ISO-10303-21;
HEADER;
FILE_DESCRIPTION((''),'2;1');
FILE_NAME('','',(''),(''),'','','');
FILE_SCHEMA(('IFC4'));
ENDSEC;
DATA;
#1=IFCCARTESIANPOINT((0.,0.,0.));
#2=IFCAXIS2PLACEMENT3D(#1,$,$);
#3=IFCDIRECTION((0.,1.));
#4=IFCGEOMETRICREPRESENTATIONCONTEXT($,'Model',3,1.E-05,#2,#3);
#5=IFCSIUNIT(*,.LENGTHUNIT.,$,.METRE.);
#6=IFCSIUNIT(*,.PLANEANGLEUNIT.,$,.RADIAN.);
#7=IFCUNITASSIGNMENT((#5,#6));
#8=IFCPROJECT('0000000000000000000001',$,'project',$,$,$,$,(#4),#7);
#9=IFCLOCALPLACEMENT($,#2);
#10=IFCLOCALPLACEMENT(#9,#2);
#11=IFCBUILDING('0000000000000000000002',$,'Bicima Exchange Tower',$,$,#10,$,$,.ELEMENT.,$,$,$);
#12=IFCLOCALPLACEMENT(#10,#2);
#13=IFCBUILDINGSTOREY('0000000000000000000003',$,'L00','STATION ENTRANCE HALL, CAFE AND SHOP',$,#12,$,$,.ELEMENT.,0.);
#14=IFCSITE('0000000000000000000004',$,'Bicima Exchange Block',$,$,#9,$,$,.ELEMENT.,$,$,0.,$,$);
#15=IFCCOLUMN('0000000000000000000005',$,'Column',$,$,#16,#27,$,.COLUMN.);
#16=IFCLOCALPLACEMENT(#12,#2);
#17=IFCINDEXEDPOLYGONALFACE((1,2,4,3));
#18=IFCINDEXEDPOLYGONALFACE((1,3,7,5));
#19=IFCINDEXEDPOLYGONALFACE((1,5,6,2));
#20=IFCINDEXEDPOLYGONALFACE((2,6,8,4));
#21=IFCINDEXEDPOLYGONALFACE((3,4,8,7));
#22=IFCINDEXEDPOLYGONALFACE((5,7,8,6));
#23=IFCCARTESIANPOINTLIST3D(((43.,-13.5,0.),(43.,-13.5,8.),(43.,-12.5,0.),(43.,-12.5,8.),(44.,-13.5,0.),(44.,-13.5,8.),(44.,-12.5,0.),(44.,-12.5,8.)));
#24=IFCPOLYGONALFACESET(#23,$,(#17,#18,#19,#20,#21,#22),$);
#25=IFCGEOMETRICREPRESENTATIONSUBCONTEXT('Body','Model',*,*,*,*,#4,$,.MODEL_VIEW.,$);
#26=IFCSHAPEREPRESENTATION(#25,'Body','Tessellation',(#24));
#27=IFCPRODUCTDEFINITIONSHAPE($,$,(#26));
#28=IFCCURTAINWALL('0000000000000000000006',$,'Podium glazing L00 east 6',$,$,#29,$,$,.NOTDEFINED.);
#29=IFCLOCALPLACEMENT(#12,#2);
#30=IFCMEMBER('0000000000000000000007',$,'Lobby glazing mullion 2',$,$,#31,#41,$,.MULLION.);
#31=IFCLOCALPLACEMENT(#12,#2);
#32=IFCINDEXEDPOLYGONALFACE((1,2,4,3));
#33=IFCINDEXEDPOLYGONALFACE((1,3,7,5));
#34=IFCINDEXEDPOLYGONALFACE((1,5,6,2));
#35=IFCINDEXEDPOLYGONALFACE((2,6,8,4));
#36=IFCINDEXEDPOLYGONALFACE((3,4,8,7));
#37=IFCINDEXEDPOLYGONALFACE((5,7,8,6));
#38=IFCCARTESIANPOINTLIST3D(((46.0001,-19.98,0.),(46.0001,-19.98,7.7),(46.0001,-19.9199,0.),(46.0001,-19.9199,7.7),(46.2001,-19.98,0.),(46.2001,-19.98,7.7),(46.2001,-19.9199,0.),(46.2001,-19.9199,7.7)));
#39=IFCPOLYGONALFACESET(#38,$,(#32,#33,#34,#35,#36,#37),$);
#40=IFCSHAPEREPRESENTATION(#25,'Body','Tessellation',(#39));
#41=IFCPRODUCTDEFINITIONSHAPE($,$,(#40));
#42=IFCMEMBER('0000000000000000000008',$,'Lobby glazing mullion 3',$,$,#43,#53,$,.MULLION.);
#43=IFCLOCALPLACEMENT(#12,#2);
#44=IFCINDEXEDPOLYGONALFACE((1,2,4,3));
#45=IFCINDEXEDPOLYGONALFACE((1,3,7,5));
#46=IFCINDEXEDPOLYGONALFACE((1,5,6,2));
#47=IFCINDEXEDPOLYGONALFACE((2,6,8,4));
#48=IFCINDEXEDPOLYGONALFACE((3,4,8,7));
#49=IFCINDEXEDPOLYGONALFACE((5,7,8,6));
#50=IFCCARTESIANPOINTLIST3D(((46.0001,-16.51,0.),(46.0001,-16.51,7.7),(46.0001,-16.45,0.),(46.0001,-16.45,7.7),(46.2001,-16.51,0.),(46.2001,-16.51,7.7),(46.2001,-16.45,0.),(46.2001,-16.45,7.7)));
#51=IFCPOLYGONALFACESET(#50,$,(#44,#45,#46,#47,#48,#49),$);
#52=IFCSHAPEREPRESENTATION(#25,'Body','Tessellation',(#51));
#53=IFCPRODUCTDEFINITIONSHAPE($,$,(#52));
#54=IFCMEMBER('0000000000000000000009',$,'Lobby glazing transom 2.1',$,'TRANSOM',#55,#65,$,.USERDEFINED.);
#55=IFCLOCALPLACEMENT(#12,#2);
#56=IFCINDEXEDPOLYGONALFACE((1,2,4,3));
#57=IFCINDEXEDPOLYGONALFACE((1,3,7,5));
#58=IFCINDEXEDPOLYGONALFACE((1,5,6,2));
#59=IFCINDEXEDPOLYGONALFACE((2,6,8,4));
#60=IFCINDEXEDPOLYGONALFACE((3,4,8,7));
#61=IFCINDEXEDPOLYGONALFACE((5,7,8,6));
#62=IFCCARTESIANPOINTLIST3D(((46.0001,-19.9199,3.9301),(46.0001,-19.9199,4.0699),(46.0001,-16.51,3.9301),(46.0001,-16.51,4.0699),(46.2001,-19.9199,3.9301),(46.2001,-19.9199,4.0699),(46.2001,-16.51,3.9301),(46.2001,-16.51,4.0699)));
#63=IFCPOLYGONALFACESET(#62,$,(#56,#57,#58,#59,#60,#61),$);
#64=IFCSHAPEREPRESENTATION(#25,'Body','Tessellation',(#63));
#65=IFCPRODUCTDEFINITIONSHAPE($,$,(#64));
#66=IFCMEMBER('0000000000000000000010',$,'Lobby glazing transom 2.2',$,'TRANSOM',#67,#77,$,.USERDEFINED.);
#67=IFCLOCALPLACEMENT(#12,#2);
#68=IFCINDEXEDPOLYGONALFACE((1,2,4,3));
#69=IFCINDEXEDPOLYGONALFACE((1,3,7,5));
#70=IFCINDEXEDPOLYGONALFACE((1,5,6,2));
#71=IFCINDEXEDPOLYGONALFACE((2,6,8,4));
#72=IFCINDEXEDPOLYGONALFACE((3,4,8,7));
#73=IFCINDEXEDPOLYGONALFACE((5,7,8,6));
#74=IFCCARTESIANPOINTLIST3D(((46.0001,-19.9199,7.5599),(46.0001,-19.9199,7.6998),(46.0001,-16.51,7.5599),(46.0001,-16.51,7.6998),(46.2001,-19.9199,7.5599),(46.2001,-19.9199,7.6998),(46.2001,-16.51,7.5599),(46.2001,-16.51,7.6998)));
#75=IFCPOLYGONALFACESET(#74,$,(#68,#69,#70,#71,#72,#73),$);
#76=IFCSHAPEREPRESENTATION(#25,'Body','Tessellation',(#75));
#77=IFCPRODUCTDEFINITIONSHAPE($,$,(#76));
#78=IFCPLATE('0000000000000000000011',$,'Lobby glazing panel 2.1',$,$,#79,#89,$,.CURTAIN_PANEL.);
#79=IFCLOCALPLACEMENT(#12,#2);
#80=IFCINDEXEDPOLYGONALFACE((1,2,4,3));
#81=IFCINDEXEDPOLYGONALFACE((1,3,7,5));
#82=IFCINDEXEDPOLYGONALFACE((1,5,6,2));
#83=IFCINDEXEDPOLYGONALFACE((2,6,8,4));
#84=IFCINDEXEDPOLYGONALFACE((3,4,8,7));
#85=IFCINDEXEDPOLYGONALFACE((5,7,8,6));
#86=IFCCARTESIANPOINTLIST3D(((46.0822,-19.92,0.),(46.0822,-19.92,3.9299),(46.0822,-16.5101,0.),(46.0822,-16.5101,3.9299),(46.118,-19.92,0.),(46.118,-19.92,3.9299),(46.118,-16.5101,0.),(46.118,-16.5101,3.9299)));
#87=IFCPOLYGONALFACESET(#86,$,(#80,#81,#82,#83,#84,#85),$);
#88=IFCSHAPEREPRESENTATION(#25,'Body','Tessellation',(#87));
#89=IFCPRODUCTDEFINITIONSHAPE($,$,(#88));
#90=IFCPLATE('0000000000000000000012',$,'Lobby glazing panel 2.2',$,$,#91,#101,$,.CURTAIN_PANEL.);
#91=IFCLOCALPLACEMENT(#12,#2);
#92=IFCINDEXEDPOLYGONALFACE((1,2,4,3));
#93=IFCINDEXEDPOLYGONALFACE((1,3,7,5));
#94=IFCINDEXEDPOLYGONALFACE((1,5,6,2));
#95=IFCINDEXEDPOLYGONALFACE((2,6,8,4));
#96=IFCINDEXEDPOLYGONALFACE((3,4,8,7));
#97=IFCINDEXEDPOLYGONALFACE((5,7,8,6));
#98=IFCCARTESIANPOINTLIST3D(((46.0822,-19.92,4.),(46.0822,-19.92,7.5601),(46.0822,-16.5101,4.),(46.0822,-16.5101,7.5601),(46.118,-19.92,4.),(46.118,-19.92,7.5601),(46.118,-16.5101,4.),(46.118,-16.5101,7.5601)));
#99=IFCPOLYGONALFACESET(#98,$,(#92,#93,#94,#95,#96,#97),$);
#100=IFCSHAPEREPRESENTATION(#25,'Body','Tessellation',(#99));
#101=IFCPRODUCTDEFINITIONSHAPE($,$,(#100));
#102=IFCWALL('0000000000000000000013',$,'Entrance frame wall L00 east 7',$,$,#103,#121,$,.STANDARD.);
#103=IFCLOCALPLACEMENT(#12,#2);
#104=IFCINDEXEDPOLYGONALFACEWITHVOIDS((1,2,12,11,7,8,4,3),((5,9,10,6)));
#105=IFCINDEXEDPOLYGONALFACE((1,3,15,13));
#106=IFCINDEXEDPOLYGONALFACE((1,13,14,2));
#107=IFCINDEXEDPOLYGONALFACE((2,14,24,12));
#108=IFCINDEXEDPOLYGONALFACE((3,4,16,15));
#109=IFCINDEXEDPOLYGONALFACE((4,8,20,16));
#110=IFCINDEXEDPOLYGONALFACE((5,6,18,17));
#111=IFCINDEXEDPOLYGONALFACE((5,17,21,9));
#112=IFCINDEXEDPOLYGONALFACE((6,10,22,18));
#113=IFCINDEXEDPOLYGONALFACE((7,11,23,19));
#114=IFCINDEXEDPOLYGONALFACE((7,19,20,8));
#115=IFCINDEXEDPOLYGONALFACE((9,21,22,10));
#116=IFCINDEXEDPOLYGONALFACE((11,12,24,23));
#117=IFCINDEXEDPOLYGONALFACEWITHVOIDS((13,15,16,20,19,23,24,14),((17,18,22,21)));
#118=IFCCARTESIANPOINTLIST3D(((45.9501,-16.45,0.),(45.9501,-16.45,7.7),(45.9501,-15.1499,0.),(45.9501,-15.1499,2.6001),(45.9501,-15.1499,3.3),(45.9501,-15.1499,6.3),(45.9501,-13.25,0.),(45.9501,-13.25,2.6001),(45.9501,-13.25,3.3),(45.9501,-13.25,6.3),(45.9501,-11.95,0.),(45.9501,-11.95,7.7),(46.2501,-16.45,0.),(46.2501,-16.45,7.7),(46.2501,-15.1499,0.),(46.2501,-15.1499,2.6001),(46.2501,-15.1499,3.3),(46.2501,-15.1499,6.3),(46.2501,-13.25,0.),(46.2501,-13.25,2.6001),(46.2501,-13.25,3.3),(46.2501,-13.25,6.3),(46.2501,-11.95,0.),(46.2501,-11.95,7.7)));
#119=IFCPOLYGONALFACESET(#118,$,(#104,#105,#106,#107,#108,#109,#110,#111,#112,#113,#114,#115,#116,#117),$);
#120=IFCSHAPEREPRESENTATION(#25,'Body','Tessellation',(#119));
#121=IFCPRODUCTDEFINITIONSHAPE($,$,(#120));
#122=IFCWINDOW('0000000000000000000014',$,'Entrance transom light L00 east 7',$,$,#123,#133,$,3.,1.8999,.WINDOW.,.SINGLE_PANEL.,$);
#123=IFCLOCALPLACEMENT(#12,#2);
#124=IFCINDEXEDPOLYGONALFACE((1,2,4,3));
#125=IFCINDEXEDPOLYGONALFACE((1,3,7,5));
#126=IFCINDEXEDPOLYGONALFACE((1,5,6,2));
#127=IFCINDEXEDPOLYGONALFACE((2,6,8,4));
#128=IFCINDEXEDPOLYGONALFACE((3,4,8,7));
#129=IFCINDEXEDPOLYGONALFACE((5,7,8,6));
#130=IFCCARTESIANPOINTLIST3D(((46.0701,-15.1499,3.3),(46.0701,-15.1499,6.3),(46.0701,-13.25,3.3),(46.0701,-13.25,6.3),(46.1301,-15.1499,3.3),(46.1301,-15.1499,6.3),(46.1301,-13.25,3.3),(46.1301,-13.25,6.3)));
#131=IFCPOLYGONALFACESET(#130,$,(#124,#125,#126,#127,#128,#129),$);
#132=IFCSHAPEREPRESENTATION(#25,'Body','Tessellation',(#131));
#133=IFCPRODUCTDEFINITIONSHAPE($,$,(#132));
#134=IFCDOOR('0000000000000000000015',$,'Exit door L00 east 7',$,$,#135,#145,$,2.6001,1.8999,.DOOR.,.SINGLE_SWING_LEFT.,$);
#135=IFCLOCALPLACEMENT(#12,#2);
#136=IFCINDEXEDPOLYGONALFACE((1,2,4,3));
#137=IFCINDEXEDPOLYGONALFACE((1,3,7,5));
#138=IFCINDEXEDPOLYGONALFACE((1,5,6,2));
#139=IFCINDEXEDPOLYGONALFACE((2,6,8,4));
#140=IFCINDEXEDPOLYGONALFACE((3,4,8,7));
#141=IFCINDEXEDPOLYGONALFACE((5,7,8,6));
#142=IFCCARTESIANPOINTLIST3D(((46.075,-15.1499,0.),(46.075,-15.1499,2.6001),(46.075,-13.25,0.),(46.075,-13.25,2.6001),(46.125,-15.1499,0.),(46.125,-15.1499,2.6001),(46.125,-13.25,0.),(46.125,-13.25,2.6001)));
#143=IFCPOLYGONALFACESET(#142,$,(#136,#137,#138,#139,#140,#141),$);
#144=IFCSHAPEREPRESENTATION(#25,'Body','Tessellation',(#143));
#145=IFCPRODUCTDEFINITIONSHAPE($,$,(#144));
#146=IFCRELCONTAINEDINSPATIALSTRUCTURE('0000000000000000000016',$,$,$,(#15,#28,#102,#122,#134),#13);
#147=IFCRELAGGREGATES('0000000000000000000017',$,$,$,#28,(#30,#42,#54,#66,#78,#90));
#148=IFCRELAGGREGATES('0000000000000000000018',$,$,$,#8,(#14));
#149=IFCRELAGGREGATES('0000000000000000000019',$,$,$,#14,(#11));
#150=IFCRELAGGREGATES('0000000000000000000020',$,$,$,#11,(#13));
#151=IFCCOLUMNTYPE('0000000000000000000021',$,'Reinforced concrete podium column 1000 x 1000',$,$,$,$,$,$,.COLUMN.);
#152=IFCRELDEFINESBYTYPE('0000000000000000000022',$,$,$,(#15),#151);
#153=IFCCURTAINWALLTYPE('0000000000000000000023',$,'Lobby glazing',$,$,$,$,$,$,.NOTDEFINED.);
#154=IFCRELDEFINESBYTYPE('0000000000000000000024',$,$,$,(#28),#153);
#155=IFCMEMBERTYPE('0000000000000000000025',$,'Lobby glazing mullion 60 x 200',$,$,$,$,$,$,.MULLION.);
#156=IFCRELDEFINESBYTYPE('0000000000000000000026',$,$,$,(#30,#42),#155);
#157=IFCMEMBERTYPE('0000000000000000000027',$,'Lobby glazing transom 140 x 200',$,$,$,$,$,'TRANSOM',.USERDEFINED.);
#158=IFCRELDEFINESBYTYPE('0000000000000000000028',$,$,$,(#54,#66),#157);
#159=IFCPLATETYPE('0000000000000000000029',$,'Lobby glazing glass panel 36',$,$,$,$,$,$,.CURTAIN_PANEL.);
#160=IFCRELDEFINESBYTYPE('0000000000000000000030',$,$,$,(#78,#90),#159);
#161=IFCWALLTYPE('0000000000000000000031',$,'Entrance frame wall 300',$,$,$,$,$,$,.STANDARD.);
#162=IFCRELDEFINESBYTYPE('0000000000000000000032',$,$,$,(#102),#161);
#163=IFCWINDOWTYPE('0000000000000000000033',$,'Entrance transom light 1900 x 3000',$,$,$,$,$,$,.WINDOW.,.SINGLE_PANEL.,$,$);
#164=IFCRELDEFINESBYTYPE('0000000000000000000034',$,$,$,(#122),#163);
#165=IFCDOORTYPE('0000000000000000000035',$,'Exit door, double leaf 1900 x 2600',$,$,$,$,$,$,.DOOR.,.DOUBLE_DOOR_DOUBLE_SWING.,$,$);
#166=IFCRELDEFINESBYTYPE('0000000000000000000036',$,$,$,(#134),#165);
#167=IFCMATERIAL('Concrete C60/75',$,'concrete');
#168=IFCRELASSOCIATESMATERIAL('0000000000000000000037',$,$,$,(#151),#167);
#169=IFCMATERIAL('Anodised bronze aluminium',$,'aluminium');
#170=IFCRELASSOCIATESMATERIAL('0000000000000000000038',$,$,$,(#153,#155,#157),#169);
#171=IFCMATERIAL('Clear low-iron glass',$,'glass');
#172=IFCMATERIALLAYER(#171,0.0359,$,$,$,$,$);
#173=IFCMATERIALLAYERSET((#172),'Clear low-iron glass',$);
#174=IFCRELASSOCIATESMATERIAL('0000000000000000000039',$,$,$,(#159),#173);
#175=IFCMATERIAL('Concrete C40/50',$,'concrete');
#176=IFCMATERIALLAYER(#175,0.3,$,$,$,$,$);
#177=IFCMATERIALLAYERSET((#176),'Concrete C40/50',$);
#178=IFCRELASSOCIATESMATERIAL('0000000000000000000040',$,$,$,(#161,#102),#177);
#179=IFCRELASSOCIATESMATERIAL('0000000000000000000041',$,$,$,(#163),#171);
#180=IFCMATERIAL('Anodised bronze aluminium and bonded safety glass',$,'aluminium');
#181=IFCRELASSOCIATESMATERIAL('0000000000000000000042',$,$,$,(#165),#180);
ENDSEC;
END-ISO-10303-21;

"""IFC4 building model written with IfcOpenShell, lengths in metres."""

from ifc_helpers import new_model, si_unit, direction, frame, frame_2d, origin, origin_2d, place, context, subcontext, project, spatial, rectangle, extrude, material, layer, layer_set, layer_usage, material_profile, profile_set, type_object, element, fill, aggregate, save


model = new_model("IFC4")

# Units and contexts
model_context = context("Model", 3, precision=1e-05, world=origin(), true_north=direction((0.0, 1.0)))
body_context = subcontext(model_context, "Body", "Model", "MODEL_VIEW")
ifc_project = project(units=[si_unit("LENGTHUNIT", "METRE"), si_unit("PLANEANGLEUNIT", "RADIAN")], contexts=[model_context])

# Site, building, storey
site_placement = place(None, origin())
site = spatial("IfcSite", under=ifc_project, at=site_placement, Name="Bicima Exchange Block", CompositionType="ELEMENT", RefElevation=0.0)
building_placement = place(site_placement, origin())
building = spatial("IfcBuilding", under=site, at=building_placement, Name="Bicima Exchange Tower", CompositionType="ELEMENT")
storey_placement = place(building_placement, origin())
storey = spatial("IfcBuildingStorey", under=building, at=storey_placement, Name="L00", Description="STATION ENTRANCE HALL, CAFE AND SHOP", CompositionType="ELEMENT", Elevation=0.0)

# Column
ifc_material_1 = material(Name="Concrete C60/75", Category="concrete")
ifc_material_profile_1 = material_profile(ifc_material_1, rectangle(XDim=1.0, YDim=1.0, at=origin_2d()))
ifc_profile_set_1 = profile_set([ifc_material_profile_1], Name="Concrete C60/75")
column_type = type_object("IfcColumnType", Name="Reinforced concrete podium column 1000 x 1000", PredefinedType="COLUMN", material=ifc_profile_set_1)
column_placement = place(storey_placement, frame((43.5, -13.0, 0.0), z_axis=(0.0, 0.0, 1.0), x_axis=(1.0, 0.0, 0.0)))
element("IfcColumn", 1, at=column_placement, inside=storey, type_object=column_type, Name="Column", PredefinedType="COLUMN", context=body_context, shape_type="SweptSolid", body=[
    extrude(rectangle(XDim=1.0, YDim=1.0, at=origin_2d()), origin(), (0.0, 0.0, 1.0), 8.0),
])

# Curtain wall, members, plates
ifc_material_2 = material(Name="Anodised bronze aluminium", Category="aluminium")
curtain_wall_type = type_object("IfcCurtainWallType", Name="Lobby glazing", PredefinedType="NOTDEFINED", material=ifc_material_2)
curtain_wall_placement = place(storey_placement, origin())
curtain_wall = element("IfcCurtainWall", 2, at=curtain_wall_placement, inside=storey, type_object=curtain_wall_type, Name="Podium glazing L00 east 6", PredefinedType="NOTDEFINED")
ifc_material_profile_2 = material_profile(ifc_material_2, rectangle(XDim=0.2, YDim=0.0601, at=origin_2d()))
ifc_profile_set_2 = profile_set([ifc_material_profile_2], Name="Anodised bronze aluminium")
member_type_1 = type_object("IfcMemberType", Name="Lobby glazing mullion 60 x 200", PredefinedType="MULLION", material=ifc_profile_set_2)
member_1_placement = place(storey_placement, frame((46.1001, -19.95, 0.0), z_axis=(0.0, 0.0, 1.0), x_axis=(-1.0, 0.0, 0.0)))
member_1 = element("IfcMember", 3, at=member_1_placement, type_object=member_type_1, Name="Lobby glazing mullion 2", PredefinedType="MULLION", context=body_context, shape_type="SweptSolid", body=[
    extrude(rectangle(XDim=0.2, YDim=0.0601, at=origin_2d()), origin(), (0.0, 0.0, 1.0), 7.7),
])
member_2_placement = place(storey_placement, frame((46.1001, -16.48, 0.0), z_axis=(0.0, 0.0, 1.0), x_axis=(-1.0, 0.0, 0.0)))
member_2 = element("IfcMember", 4, at=member_2_placement, type_object=member_type_1, Name="Lobby glazing mullion 3", PredefinedType="MULLION", context=body_context, shape_type="SweptSolid", body=[
    extrude(rectangle(XDim=0.2, YDim=0.0601, at=origin_2d()), origin(), (0.0, 0.0, 1.0), 7.7),
])
ifc_material_profile_3 = material_profile(ifc_material_2, rectangle(XDim=0.2, YDim=0.1399, at=origin_2d()))
ifc_profile_set_3 = profile_set([ifc_material_profile_3], Name="Anodised bronze aluminium")
member_type_2 = type_object("IfcMemberType", Name="Lobby glazing transom 140 x 200", ElementType="TRANSOM", PredefinedType="USERDEFINED", material=ifc_profile_set_3)
member_3_placement = place(storey_placement, frame((46.1001, -19.9199, 4.0), z_axis=(0.0, 1.0, 0.0), x_axis=(-1.0, 0.0, 0.0)))
member_3 = element("IfcMember", 5, at=member_3_placement, type_object=member_type_2, Name="Lobby glazing transom 2.1", ObjectType="TRANSOM", PredefinedType="USERDEFINED", context=body_context, shape_type="SweptSolid", body=[
    extrude(rectangle(XDim=0.2, YDim=0.1399, at=origin_2d()), origin(), (0.0, 0.0, 1.0), 3.4099),
])
member_4_placement = place(storey_placement, frame((46.1001, -19.9199, 7.6299), z_axis=(0.0, 1.0, 0.0), x_axis=(-1.0, 0.0, 0.0)))
member_4 = element("IfcMember", 6, at=member_4_placement, type_object=member_type_2, Name="Lobby glazing transom 2.2", ObjectType="TRANSOM", PredefinedType="USERDEFINED", context=body_context, shape_type="SweptSolid", body=[
    extrude(rectangle(XDim=0.2, YDim=0.1399, at=origin_2d()), origin(), (0.0, 0.0, 1.0), 3.4099),
])
ifc_material_3 = material(Name="Clear low-iron glass", Category="glass")
ifc_layer_1 = layer(ifc_material_3, 0.0359)
ifc_layer_set_1 = layer_set([ifc_layer_1], Name="Clear low-iron glass")
plate_type = type_object("IfcPlateType", Name="Lobby glazing glass panel 36", PredefinedType="CURTAIN_PANEL", material=ifc_layer_set_1)
plate_1_placement = place(storey_placement, frame((46.1001, -18.2151, 0.0), z_axis=(0.0, 0.0, 1.0), x_axis=(0.0, 1.0, 0.0)))
plate_1 = element("IfcPlate", 7, at=plate_1_placement, type_object=plate_type, Name="Lobby glazing panel 2.1", PredefinedType="CURTAIN_PANEL", context=body_context, shape_type="SweptSolid", body=[
    extrude(rectangle(XDim=3.4099, YDim=0.0359, at=origin_2d()), origin(), (0.0, 0.0, 1.0), 3.9299),
])
plate_2_placement = place(storey_placement, frame((46.1001, -18.2151, 4.0), z_axis=(0.0, 0.0, 1.0), x_axis=(0.0, 1.0, 0.0)))
plate_2 = element("IfcPlate", 8, at=plate_2_placement, type_object=plate_type, Name="Lobby glazing panel 2.2", PredefinedType="CURTAIN_PANEL", context=body_context, shape_type="SweptSolid", body=[
    extrude(rectangle(XDim=3.4099, YDim=0.0359, at=origin_2d()), origin(), (0.0, 0.0, 1.0), 3.5601),
])
aggregate(curtain_wall, [member_1, member_2, member_3, member_4, plate_1, plate_2])

# Wall, openings, window, door
ifc_material_4 = material(Name="Concrete C40/50", Category="concrete")
ifc_layer_2 = layer(ifc_material_4, 0.3)
ifc_layer_set_2 = layer_set([ifc_layer_2], Name="Concrete C40/50")
ifc_layer_usage = layer_usage(ifc_layer_set_2, "AXIS2", "POSITIVE", -0.15)
wall_type_1 = type_object("IfcWallType", Name="Entrance frame wall 300", PredefinedType="STANDARD", material=ifc_layer_set_2)
wall_1_placement = place(storey_placement, frame((46.1001, -11.95, 0.0), z_axis=(0.0, 0.0, 1.0), x_axis=(0.0, -1.0, 0.0)))
wall_1 = element("IfcWall", 9, at=wall_1_placement, inside=storey, type_object=wall_type_1, material=ifc_layer_usage, Name="Entrance frame wall L00 east 7", PredefinedType="STANDARD", context=body_context, shape_type="SweptSolid", body=[
    extrude(rectangle(XDim=4.5, YDim=0.3, at=frame_2d((2.25, 0.0))), origin(), (0.0, 0.0, 1.0), 7.7),
])
opening_1_placement = place(wall_1_placement, frame((1.3, 0.0, 0.0)))
opening_1 = element("IfcOpeningElement", 10, at=opening_1_placement, cuts=wall_1, PredefinedType="OPENING", context=body_context, shape_type="SweptSolid", body=[
    extrude(rectangle(XDim=1.8999, YDim=2.6001, at=frame_2d((0.95, 1.3))), frame((0.0, 0.1621, 0.0), z_axis=(0.0, -1.0, 0.0), x_axis=(1.0, 0.0, 0.0)), (0.0, 0.0, 1.0), 0.324),
])
opening_2_placement = place(wall_1_placement, frame((1.3, 0.0, 3.3)))
opening_2 = element("IfcOpeningElement", 11, at=opening_2_placement, cuts=wall_1, PredefinedType="OPENING", context=body_context, shape_type="SweptSolid", body=[
    extrude(rectangle(XDim=1.8999, YDim=3.0, at=frame_2d((0.95, 1.5))), frame((0.0, 0.1621, 0.0), z_axis=(0.0, -1.0, 0.0), x_axis=(1.0, 0.0, 0.0)), (0.0, 0.0, 1.0), 0.324),
])
window_type = type_object("IfcWindowType", Name="Entrance transom light 1900 x 3000", PartitioningType="SINGLE_PANEL", PredefinedType="WINDOW", material=ifc_material_3)
window_placement = place(opening_2_placement, origin())
window = element("IfcWindow", 12, at=window_placement, inside=storey, type_object=window_type, Name="Entrance transom light L00 east 7", OverallHeight=3.0, OverallWidth=1.8999, PartitioningType="SINGLE_PANEL", PredefinedType="WINDOW", context=body_context, shape_type="SweptSolid", body=[
    extrude(rectangle(XDim=1.8999, YDim=3.0, at=frame_2d((0.95, 1.5))), frame((0.0, 0.03, 0.0), z_axis=(0.0, -1.0, 0.0), x_axis=(1.0, 0.0, 0.0)), (0.0, 0.0, 1.0), 0.0601),
])
fill(opening_2, window)
ifc_material_5 = material(Name="Anodised bronze aluminium and bonded safety glass", Category="aluminium")
door_type_1 = type_object("IfcDoorType", Name="Exit door, double leaf 1900 x 2600", OperationType="DOUBLE_DOOR_DOUBLE_SWING", PredefinedType="DOOR", material=ifc_material_5)
door_1_placement = place(opening_1_placement, origin())
door_1 = element("IfcDoor", 13, at=door_1_placement, inside=storey, type_object=door_type_1, Name="Exit door L00 east 7", OperationType="SINGLE_SWING_LEFT", OverallHeight=2.6001, OverallWidth=1.8999, PredefinedType="DOOR", context=body_context, shape_type="SweptSolid", body=[
    extrude(rectangle(XDim=1.8999, YDim=2.6001, at=frame_2d((0.95, 1.3))), frame((0.0, 0.0249, 0.0), z_axis=(0.0, -1.0, 0.0), x_axis=(1.0, 0.0, 0.0)), (0.0, 0.0, 1.0), 0.05),
])
fill(opening_1, door_1)

save(model, "model.ifc")
